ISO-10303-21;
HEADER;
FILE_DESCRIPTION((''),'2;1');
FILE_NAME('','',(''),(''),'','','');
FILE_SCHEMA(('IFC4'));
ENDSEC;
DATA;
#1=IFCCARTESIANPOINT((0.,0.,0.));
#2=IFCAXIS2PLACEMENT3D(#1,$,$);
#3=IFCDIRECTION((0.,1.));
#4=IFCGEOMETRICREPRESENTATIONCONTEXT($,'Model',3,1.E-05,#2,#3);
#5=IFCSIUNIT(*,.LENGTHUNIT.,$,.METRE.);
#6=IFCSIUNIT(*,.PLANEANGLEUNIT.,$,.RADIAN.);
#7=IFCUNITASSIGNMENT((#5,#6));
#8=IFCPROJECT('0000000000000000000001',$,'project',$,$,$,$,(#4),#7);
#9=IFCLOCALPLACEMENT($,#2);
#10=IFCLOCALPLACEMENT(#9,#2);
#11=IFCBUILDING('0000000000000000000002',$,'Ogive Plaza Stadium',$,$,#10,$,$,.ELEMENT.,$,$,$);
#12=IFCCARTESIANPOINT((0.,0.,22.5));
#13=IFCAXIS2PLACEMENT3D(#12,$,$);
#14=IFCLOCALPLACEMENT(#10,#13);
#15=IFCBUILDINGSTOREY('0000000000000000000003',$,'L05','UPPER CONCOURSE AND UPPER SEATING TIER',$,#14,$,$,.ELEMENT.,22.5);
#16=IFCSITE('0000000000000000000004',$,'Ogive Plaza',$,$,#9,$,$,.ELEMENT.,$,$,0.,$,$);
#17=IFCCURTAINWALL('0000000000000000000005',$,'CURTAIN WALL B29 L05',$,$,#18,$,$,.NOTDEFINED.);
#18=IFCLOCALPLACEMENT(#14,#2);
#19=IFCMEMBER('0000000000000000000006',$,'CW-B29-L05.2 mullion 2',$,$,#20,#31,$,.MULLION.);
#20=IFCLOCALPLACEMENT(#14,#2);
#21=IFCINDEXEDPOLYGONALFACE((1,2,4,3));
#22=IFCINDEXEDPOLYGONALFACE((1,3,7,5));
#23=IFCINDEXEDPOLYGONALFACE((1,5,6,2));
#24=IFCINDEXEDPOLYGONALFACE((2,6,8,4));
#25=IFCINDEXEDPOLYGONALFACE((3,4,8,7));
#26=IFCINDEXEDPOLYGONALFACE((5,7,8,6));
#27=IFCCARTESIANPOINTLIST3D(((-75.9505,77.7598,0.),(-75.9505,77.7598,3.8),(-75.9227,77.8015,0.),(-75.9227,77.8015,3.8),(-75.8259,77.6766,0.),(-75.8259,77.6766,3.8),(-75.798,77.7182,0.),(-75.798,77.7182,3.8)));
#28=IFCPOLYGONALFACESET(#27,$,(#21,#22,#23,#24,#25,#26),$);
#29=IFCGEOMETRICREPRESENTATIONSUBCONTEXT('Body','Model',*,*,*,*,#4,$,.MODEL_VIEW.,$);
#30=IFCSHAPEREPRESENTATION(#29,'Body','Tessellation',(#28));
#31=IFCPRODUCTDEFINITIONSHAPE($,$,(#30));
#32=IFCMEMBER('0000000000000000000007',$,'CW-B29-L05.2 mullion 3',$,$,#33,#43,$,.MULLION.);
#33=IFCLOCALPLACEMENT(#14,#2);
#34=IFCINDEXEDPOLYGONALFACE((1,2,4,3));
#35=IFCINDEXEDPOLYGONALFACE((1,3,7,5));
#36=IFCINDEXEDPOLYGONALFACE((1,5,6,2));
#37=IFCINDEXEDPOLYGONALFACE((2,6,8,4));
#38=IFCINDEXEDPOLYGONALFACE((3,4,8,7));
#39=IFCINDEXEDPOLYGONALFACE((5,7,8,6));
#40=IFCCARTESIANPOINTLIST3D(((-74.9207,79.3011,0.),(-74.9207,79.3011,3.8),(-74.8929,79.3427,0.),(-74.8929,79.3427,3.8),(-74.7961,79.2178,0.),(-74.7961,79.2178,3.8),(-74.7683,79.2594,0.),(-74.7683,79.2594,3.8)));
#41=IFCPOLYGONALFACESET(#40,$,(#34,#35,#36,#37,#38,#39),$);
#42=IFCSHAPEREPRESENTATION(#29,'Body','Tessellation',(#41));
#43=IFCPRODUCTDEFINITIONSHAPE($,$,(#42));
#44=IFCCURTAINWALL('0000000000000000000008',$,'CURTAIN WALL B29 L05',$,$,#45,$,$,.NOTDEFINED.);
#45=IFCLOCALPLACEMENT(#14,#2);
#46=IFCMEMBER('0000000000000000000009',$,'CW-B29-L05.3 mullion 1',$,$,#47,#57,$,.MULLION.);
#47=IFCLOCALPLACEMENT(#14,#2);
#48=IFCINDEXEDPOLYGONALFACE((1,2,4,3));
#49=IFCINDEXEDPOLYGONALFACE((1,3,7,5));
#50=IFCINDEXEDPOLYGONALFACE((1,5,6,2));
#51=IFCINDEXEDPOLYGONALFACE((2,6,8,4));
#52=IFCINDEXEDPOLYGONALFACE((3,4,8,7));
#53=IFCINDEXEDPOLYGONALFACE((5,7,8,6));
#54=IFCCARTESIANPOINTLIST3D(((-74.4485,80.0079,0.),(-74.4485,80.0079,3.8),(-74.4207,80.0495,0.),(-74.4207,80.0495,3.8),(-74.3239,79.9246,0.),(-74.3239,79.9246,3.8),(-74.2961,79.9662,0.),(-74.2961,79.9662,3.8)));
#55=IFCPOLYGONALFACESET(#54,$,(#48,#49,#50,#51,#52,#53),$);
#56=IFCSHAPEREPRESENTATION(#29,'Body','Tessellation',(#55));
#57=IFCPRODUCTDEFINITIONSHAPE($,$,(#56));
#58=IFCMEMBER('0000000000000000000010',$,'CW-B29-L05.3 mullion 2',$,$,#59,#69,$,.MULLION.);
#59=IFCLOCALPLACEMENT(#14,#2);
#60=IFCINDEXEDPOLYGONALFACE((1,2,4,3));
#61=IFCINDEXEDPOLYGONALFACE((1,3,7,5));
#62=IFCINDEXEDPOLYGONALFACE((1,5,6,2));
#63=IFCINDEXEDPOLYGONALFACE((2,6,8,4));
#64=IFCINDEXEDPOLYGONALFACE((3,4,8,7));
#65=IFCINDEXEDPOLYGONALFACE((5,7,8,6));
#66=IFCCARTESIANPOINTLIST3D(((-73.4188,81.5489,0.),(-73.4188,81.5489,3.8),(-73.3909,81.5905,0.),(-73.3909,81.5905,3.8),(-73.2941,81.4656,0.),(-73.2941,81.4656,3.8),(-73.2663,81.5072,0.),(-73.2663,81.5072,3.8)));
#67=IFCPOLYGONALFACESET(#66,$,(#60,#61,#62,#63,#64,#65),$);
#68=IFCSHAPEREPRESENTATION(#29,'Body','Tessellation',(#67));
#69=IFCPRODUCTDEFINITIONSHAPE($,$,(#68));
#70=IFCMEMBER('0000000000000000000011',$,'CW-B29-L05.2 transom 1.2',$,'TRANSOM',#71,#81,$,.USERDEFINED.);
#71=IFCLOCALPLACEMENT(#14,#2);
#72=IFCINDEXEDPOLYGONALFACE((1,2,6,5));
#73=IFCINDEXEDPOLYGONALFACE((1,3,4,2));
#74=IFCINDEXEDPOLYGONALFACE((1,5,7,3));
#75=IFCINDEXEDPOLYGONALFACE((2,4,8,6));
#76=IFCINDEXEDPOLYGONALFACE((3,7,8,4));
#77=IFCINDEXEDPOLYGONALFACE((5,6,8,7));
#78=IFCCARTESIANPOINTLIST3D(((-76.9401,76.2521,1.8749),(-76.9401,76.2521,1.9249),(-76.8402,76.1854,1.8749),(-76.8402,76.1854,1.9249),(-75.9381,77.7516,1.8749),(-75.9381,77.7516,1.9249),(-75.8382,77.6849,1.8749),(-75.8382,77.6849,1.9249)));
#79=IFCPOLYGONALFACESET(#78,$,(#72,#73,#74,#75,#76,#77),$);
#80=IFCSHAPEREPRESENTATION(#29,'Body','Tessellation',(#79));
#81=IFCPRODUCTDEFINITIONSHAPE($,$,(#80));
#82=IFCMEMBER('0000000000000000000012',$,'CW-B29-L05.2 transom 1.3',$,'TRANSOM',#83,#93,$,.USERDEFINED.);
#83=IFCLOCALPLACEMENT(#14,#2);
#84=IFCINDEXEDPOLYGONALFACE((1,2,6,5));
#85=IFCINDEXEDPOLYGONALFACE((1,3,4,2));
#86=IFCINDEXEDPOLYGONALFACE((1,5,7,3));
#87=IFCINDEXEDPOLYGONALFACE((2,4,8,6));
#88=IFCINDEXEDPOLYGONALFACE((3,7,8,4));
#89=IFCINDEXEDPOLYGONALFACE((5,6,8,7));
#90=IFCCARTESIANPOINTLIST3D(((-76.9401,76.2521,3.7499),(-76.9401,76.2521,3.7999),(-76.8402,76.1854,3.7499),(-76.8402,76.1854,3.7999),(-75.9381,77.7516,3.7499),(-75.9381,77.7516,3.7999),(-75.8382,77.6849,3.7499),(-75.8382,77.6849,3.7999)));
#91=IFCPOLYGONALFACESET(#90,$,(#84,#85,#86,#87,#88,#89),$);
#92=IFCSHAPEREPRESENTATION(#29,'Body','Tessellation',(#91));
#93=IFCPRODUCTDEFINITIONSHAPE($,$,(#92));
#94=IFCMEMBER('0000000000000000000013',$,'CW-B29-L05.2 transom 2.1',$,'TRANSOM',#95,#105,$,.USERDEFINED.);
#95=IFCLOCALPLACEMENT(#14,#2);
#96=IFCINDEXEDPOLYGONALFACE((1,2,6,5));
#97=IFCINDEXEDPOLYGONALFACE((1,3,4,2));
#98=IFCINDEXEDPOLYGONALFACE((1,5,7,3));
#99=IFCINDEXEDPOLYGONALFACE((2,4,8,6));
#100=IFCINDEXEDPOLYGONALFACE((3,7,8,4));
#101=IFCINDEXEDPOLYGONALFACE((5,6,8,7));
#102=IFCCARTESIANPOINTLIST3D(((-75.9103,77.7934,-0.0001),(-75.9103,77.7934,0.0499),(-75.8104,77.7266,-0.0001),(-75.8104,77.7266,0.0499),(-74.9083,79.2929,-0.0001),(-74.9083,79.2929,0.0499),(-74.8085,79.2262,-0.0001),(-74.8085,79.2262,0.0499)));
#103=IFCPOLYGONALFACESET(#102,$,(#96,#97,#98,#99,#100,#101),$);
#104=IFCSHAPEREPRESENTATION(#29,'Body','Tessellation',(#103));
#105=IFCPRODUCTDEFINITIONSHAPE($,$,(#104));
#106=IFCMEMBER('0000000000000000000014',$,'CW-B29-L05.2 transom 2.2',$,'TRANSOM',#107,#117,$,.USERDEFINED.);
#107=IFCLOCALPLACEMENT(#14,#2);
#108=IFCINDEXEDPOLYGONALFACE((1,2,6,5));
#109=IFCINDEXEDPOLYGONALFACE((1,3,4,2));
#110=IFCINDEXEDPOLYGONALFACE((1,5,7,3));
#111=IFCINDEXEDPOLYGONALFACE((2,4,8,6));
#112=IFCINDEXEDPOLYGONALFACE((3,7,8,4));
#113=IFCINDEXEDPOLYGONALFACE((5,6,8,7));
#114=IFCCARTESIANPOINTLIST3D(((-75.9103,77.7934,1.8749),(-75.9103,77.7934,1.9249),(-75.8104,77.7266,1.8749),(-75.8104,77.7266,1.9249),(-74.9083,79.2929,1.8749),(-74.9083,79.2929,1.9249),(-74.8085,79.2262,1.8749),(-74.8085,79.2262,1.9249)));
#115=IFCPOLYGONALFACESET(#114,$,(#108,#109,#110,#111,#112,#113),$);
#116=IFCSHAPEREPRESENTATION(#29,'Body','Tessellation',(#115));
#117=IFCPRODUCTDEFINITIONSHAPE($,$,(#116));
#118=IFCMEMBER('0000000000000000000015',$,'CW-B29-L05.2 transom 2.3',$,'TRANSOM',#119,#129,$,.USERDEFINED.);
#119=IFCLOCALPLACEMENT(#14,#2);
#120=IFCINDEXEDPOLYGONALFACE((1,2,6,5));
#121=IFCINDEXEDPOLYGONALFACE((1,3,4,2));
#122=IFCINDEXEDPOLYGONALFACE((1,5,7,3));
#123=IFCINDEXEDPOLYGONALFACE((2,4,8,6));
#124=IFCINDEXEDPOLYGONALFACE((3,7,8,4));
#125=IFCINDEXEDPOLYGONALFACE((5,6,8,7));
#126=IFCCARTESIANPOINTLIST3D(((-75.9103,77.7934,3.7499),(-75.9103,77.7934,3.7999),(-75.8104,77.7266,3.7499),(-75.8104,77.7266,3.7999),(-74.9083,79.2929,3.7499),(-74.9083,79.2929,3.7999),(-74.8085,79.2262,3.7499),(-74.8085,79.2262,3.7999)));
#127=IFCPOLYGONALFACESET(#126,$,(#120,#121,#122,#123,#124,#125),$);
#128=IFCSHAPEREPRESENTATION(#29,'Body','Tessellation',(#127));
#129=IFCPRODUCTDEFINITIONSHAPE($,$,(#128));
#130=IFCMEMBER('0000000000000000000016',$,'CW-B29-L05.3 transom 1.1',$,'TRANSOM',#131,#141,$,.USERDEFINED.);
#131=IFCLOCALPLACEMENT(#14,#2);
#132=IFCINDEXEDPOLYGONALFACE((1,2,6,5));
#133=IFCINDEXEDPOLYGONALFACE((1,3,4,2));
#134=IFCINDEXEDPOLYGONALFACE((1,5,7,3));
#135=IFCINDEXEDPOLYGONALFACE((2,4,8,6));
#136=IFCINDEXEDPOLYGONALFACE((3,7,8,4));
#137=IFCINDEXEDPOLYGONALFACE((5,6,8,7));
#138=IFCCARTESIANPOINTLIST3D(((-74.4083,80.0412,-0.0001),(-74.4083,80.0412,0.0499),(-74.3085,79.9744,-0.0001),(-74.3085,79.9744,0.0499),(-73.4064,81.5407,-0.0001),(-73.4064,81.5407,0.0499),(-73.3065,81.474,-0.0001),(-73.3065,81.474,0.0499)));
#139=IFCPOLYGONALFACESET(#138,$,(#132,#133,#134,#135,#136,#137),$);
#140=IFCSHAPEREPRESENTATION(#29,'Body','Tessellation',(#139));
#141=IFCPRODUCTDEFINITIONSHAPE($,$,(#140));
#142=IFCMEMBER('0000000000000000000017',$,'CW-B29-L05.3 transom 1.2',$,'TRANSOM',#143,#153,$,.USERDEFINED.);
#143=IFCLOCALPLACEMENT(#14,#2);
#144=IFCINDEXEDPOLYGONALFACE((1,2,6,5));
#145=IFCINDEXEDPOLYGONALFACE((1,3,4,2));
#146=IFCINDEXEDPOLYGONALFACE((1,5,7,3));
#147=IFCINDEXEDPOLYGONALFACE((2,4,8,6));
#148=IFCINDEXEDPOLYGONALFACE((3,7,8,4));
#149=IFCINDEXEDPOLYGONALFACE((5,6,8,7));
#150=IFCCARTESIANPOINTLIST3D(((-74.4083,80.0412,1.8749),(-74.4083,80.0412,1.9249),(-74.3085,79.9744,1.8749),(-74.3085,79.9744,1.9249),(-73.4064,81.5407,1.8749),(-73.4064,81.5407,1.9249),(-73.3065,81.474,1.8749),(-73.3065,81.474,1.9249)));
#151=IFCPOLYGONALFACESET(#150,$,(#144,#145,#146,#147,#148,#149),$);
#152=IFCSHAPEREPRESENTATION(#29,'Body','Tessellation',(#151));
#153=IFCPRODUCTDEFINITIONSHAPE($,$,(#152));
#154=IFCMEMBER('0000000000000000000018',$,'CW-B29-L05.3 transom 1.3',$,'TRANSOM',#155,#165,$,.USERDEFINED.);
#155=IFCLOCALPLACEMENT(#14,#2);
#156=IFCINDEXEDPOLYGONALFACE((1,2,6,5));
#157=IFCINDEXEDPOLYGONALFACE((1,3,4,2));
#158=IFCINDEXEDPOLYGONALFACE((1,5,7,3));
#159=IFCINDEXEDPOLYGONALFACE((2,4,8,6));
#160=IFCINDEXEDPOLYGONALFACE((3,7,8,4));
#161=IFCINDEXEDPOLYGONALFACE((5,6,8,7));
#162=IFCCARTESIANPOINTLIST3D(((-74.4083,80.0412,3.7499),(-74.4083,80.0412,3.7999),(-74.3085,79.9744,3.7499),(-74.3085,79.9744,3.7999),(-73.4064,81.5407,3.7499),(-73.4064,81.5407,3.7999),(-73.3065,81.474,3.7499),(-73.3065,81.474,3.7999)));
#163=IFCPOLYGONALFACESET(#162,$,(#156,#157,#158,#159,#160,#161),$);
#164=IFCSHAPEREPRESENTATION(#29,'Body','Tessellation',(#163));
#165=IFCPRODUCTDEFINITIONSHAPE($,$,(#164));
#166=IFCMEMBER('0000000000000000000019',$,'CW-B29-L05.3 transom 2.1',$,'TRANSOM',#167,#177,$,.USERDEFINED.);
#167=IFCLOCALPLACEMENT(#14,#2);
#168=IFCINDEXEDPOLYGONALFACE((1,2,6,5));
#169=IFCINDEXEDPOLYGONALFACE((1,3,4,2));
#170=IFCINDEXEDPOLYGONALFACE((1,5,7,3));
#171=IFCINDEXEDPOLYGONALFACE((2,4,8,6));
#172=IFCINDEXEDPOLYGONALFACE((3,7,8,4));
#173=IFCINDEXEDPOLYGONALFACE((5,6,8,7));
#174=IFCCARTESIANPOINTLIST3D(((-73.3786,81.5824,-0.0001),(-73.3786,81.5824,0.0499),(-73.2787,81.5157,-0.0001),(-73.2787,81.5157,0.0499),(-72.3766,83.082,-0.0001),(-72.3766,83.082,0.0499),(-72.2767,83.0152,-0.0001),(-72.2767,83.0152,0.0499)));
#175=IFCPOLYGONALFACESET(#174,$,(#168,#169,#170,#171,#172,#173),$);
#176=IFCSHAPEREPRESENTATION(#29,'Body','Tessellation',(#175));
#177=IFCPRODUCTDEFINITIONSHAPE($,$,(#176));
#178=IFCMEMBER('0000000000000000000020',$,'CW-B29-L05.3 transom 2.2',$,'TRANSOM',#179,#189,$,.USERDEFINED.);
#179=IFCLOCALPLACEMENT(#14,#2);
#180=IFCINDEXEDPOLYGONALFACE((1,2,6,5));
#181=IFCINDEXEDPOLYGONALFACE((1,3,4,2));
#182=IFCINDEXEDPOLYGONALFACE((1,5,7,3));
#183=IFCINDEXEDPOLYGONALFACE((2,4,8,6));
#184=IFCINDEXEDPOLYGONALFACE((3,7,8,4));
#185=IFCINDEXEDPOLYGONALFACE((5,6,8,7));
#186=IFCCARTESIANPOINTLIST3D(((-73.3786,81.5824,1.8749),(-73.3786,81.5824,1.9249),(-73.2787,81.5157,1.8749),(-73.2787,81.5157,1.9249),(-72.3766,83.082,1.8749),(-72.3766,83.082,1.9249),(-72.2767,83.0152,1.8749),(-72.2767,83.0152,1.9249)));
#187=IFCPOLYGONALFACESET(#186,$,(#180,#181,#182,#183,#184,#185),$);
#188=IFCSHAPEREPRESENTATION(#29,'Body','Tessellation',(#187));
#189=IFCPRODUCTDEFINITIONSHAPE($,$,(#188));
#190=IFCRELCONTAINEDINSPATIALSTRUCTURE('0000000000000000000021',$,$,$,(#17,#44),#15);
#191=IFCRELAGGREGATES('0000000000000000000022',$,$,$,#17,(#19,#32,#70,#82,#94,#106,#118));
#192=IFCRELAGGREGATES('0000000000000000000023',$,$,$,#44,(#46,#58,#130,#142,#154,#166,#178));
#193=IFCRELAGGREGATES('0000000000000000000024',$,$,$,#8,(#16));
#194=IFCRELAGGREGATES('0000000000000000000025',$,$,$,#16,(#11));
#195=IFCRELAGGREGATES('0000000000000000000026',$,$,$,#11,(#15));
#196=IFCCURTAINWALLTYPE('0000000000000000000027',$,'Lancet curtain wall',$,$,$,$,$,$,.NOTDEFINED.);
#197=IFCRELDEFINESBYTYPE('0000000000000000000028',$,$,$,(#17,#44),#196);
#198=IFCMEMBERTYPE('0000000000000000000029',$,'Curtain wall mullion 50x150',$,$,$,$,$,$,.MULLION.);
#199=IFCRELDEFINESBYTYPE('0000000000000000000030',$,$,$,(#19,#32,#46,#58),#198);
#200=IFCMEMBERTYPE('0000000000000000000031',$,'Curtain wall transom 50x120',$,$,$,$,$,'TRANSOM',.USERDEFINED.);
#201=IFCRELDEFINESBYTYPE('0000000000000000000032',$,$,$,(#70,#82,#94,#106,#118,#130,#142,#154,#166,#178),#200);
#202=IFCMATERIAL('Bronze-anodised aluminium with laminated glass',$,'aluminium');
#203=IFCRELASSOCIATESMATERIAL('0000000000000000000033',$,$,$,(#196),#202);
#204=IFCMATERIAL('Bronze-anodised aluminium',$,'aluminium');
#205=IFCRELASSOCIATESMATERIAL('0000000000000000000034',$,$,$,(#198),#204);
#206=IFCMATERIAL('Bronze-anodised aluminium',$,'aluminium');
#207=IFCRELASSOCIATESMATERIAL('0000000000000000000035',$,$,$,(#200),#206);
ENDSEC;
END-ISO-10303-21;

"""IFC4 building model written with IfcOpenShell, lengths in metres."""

from ifc_helpers import new_model, si_unit, direction, frame, origin, origin_2d, place, context, subcontext, project, spatial, rectangle, extrude, material, material_profile, profile_set, type_object, element, aggregate, save


model = new_model("IFC4")

# Units and contexts
model_context = context("Model", 3, precision=1e-05, world=origin(), true_north=direction((0.0, 1.0)))
body_context = subcontext(model_context, "Body", "Model", "MODEL_VIEW")
ifc_project = project(units=[si_unit("LENGTHUNIT", "METRE"), si_unit("PLANEANGLEUNIT", "RADIAN")], contexts=[model_context])

# Site, building, storey
site_placement = place(None, origin())
site = spatial("IfcSite", under=ifc_project, at=site_placement, Name="Ogive Plaza", CompositionType="ELEMENT", RefElevation=0.0)
building_placement = place(site_placement, origin())
building = spatial("IfcBuilding", under=site, at=building_placement, Name="Ogive Plaza Stadium", CompositionType="ELEMENT")
storey_placement = place(building_placement, frame((0.0, 0.0, 22.5)))
storey = spatial("IfcBuildingStorey", under=building, at=storey_placement, Name="L05", Description="UPPER CONCOURSE AND UPPER SEATING TIER", CompositionType="ELEMENT", Elevation=22.5)

# Curtain walls, members
ifc_material_1 = material(Name="Bronze-anodised aluminium with laminated glass", Category="aluminium")
curtain_wall_type = type_object("IfcCurtainWallType", Name="Lancet curtain wall", PredefinedType="NOTDEFINED", material=ifc_material_1)
curtain_wall_1_placement = place(storey_placement, origin())
curtain_wall_1 = element("IfcCurtainWall", 1, at=curtain_wall_1_placement, inside=storey, type_object=curtain_wall_type, Name="CURTAIN WALL B29 L05", PredefinedType="NOTDEFINED")
ifc_material_2 = material(Name="Bronze-anodised aluminium", Category="aluminium")
ifc_material_profile_1 = material_profile(ifc_material_2, rectangle(XDim=0.1499, YDim=0.05, at=origin_2d()), Name="AL 150x50")
ifc_profile_set_1 = profile_set([ifc_material_profile_1], Name="Bronze-anodised aluminium")
member_type_1 = type_object("IfcMemberType", Name="Curtain wall mullion 50x150", PredefinedType="MULLION", material=ifc_profile_set_1)
member_1_placement = place(storey_placement, frame((-75.8743, 77.739, 0.0), z_axis=(0.0, 0.0, 1.0), x_axis=(-0.83147, 0.55557, 0.0)))
member_1 = element("IfcMember", 2, at=member_1_placement, type_object=member_type_1, Name="CW-B29-L05.2 mullion 2", PredefinedType="MULLION", context=body_context, shape_type="SweptSolid", body=[
    extrude(rectangle(XDim=0.1499, YDim=0.05, at=origin_2d()), origin(), (0.0, 0.0, 1.0), 3.8),
])
member_2_placement = place(storey_placement, frame((-74.8445, 79.2803, 0.0), z_axis=(0.0, 0.0, 1.0), x_axis=(-0.83147, 0.55557, 0.0)))
member_2 = element("IfcMember", 3, at=member_2_placement, type_object=member_type_1, Name="CW-B29-L05.2 mullion 3", PredefinedType="MULLION", context=body_context, shape_type="SweptSolid", body=[
    extrude(rectangle(XDim=0.1499, YDim=0.05, at=origin_2d()), origin(), (0.0, 0.0, 1.0), 3.8),
])
curtain_wall_2_placement = place(storey_placement, origin())
curtain_wall_2 = element("IfcCurtainWall", 4, at=curtain_wall_2_placement, inside=storey, type_object=curtain_wall_type, Name="CURTAIN WALL B29 L05", PredefinedType="NOTDEFINED")
member_3_placement = place(storey_placement, frame((-74.3723, 79.9871, 0.0), z_axis=(0.0, 0.0, 1.0), x_axis=(-0.83147, 0.55557, 0.0)))
member_3 = element("IfcMember", 5, at=member_3_placement, type_object=member_type_1, Name="CW-B29-L05.3 mullion 1", PredefinedType="MULLION", context=body_context, shape_type="SweptSolid", body=[
    extrude(rectangle(XDim=0.1499, YDim=0.05, at=origin_2d()), origin(), (0.0, 0.0, 1.0), 3.8),
])
member_4_placement = place(storey_placement, frame((-73.3425, 81.5281, 0.0), z_axis=(0.0, 0.0, 1.0), x_axis=(-0.83147, 0.55557, 0.0)))
member_4 = element("IfcMember", 6, at=member_4_placement, type_object=member_type_1, Name="CW-B29-L05.3 mullion 2", PredefinedType="MULLION", context=body_context, shape_type="SweptSolid", body=[
    extrude(rectangle(XDim=0.1499, YDim=0.05, at=origin_2d()), origin(), (0.0, 0.0, 1.0), 3.8),
])

# Members
ifc_material_3 = material(Name="Bronze-anodised aluminium", Category="aluminium")
ifc_material_profile_2 = material_profile(ifc_material_3, rectangle(XDim=0.1201, YDim=0.05, at=origin_2d()), Name="AL 120x50")
ifc_profile_set_2 = profile_set([ifc_material_profile_2], Name="Bronze-anodised aluminium")
member_type_2 = type_object("IfcMemberType", Name="Curtain wall transom 50x120", ElementType="TRANSOM", PredefinedType="USERDEFINED", material=ifc_profile_set_2)
member_5_placement = place(storey_placement, frame((-76.8901, 76.2188, 1.8999), z_axis=(0.555575, 0.831467, 0.0), x_axis=(-0.831467, 0.555575, 0.0)))
member_5 = element("IfcMember", 7, at=member_5_placement, type_object=member_type_2, Name="CW-B29-L05.2 transom 1.2", ObjectType="TRANSOM", PredefinedType="USERDEFINED", context=body_context, shape_type="SweptSolid", body=[
    extrude(rectangle(XDim=0.1201, YDim=0.05, at=origin_2d()), origin(), (0.0, 0.0, 1.0), 1.8035),
])
member_6_placement = place(storey_placement, frame((-76.8901, 76.2188, 3.7749), z_axis=(0.555575, 0.831467, 0.0), x_axis=(-0.831467, 0.555575, 0.0)))
member_6 = element("IfcMember", 8, at=member_6_placement, type_object=member_type_2, Name="CW-B29-L05.2 transom 1.3", ObjectType="TRANSOM", PredefinedType="USERDEFINED", context=body_context, shape_type="SweptSolid", body=[
    extrude(rectangle(XDim=0.1201, YDim=0.05, at=origin_2d()), origin(), (0.0, 0.0, 1.0), 1.8035),
])
member_7_placement = place(storey_placement, frame((-75.8604, 77.76, 0.0249), z_axis=(0.555575, 0.831467, 0.0), x_axis=(-0.831467, 0.555575, 0.0)))
member_7 = element("IfcMember", 9, at=member_7_placement, type_object=member_type_2, Name="CW-B29-L05.2 transom 2.1", ObjectType="TRANSOM", PredefinedType="USERDEFINED", context=body_context, shape_type="SweptSolid", body=[
    extrude(rectangle(XDim=0.1201, YDim=0.05, at=origin_2d()), origin(), (0.0, 0.0, 1.0), 1.8035),
])
member_8_placement = place(storey_placement, frame((-75.8604, 77.76, 1.8999), z_axis=(0.555575, 0.831467, 0.0), x_axis=(-0.831467, 0.555575, 0.0)))
member_8 = element("IfcMember", 10, at=member_8_placement, type_object=member_type_2, Name="CW-B29-L05.2 transom 2.2", ObjectType="TRANSOM", PredefinedType="USERDEFINED", context=body_context, shape_type="SweptSolid", body=[
    extrude(rectangle(XDim=0.1201, YDim=0.05, at=origin_2d()), origin(), (0.0, 0.0, 1.0), 1.8035),
])
member_9_placement = place(storey_placement, frame((-75.8604, 77.76, 3.7749), z_axis=(0.555575, 0.831467, 0.0), x_axis=(-0.831467, 0.555575, 0.0)))
member_9 = element("IfcMember", 11, at=member_9_placement, type_object=member_type_2, Name="CW-B29-L05.2 transom 2.3", ObjectType="TRANSOM", PredefinedType="USERDEFINED", context=body_context, shape_type="SweptSolid", body=[
    extrude(rectangle(XDim=0.1201, YDim=0.05, at=origin_2d()), origin(), (0.0, 0.0, 1.0), 1.8035),
])
member_10_placement = place(storey_placement, frame((-74.3584, 80.0078, 0.0249), z_axis=(0.555575, 0.831467, 0.0), x_axis=(-0.831467, 0.555575, 0.0)))
member_10 = element("IfcMember", 12, at=member_10_placement, type_object=member_type_2, Name="CW-B29-L05.3 transom 1.1", ObjectType="TRANSOM", PredefinedType="USERDEFINED", context=body_context, shape_type="SweptSolid", body=[
    extrude(rectangle(XDim=0.1201, YDim=0.05, at=origin_2d()), origin(), (0.0, 0.0, 1.0), 1.8035),
])
member_11_placement = place(storey_placement, frame((-74.3584, 80.0078, 1.8999), z_axis=(0.555575, 0.831467, 0.0), x_axis=(-0.831467, 0.555575, 0.0)))
member_11 = element("IfcMember", 13, at=member_11_placement, type_object=member_type_2, Name="CW-B29-L05.3 transom 1.2", ObjectType="TRANSOM", PredefinedType="USERDEFINED", context=body_context, shape_type="SweptSolid", body=[
    extrude(rectangle(XDim=0.1201, YDim=0.05, at=origin_2d()), origin(), (0.0, 0.0, 1.0), 1.8035),
])
member_12_placement = place(storey_placement, frame((-74.3584, 80.0078, 3.7749), z_axis=(0.555575, 0.831467, 0.0), x_axis=(-0.831467, 0.555575, 0.0)))
member_12 = element("IfcMember", 14, at=member_12_placement, type_object=member_type_2, Name="CW-B29-L05.3 transom 1.3", ObjectType="TRANSOM", PredefinedType="USERDEFINED", context=body_context, shape_type="SweptSolid", body=[
    extrude(rectangle(XDim=0.1201, YDim=0.05, at=origin_2d()), origin(), (0.0, 0.0, 1.0), 1.8035),
])
member_13_placement = place(storey_placement, frame((-73.3286, 81.5491, 0.0249), z_axis=(0.555575, 0.831467, 0.0), x_axis=(-0.831467, 0.555575, 0.0)))
member_13 = element("IfcMember", 15, at=member_13_placement, type_object=member_type_2, Name="CW-B29-L05.3 transom 2.1", ObjectType="TRANSOM", PredefinedType="USERDEFINED", context=body_context, shape_type="SweptSolid", body=[
    extrude(rectangle(XDim=0.1201, YDim=0.05, at=origin_2d()), origin(), (0.0, 0.0, 1.0), 1.8035),
])
member_14_placement = place(storey_placement, frame((-73.3286, 81.5491, 1.8999), z_axis=(0.555575, 0.831467, 0.0), x_axis=(-0.831467, 0.555575, 0.0)))
member_14 = element("IfcMember", 16, at=member_14_placement, type_object=member_type_2, Name="CW-B29-L05.3 transom 2.2", ObjectType="TRANSOM", PredefinedType="USERDEFINED", context=body_context, shape_type="SweptSolid", body=[
    extrude(rectangle(XDim=0.1201, YDim=0.05, at=origin_2d()), origin(), (0.0, 0.0, 1.0), 1.8035),
])

aggregate(curtain_wall_1, [member_1, member_2, member_5, member_6, member_7, member_8, member_9])
aggregate(curtain_wall_2, [member_3, member_4, member_10, member_11, member_12, member_13, member_14])

save(model, "model.ifc")
